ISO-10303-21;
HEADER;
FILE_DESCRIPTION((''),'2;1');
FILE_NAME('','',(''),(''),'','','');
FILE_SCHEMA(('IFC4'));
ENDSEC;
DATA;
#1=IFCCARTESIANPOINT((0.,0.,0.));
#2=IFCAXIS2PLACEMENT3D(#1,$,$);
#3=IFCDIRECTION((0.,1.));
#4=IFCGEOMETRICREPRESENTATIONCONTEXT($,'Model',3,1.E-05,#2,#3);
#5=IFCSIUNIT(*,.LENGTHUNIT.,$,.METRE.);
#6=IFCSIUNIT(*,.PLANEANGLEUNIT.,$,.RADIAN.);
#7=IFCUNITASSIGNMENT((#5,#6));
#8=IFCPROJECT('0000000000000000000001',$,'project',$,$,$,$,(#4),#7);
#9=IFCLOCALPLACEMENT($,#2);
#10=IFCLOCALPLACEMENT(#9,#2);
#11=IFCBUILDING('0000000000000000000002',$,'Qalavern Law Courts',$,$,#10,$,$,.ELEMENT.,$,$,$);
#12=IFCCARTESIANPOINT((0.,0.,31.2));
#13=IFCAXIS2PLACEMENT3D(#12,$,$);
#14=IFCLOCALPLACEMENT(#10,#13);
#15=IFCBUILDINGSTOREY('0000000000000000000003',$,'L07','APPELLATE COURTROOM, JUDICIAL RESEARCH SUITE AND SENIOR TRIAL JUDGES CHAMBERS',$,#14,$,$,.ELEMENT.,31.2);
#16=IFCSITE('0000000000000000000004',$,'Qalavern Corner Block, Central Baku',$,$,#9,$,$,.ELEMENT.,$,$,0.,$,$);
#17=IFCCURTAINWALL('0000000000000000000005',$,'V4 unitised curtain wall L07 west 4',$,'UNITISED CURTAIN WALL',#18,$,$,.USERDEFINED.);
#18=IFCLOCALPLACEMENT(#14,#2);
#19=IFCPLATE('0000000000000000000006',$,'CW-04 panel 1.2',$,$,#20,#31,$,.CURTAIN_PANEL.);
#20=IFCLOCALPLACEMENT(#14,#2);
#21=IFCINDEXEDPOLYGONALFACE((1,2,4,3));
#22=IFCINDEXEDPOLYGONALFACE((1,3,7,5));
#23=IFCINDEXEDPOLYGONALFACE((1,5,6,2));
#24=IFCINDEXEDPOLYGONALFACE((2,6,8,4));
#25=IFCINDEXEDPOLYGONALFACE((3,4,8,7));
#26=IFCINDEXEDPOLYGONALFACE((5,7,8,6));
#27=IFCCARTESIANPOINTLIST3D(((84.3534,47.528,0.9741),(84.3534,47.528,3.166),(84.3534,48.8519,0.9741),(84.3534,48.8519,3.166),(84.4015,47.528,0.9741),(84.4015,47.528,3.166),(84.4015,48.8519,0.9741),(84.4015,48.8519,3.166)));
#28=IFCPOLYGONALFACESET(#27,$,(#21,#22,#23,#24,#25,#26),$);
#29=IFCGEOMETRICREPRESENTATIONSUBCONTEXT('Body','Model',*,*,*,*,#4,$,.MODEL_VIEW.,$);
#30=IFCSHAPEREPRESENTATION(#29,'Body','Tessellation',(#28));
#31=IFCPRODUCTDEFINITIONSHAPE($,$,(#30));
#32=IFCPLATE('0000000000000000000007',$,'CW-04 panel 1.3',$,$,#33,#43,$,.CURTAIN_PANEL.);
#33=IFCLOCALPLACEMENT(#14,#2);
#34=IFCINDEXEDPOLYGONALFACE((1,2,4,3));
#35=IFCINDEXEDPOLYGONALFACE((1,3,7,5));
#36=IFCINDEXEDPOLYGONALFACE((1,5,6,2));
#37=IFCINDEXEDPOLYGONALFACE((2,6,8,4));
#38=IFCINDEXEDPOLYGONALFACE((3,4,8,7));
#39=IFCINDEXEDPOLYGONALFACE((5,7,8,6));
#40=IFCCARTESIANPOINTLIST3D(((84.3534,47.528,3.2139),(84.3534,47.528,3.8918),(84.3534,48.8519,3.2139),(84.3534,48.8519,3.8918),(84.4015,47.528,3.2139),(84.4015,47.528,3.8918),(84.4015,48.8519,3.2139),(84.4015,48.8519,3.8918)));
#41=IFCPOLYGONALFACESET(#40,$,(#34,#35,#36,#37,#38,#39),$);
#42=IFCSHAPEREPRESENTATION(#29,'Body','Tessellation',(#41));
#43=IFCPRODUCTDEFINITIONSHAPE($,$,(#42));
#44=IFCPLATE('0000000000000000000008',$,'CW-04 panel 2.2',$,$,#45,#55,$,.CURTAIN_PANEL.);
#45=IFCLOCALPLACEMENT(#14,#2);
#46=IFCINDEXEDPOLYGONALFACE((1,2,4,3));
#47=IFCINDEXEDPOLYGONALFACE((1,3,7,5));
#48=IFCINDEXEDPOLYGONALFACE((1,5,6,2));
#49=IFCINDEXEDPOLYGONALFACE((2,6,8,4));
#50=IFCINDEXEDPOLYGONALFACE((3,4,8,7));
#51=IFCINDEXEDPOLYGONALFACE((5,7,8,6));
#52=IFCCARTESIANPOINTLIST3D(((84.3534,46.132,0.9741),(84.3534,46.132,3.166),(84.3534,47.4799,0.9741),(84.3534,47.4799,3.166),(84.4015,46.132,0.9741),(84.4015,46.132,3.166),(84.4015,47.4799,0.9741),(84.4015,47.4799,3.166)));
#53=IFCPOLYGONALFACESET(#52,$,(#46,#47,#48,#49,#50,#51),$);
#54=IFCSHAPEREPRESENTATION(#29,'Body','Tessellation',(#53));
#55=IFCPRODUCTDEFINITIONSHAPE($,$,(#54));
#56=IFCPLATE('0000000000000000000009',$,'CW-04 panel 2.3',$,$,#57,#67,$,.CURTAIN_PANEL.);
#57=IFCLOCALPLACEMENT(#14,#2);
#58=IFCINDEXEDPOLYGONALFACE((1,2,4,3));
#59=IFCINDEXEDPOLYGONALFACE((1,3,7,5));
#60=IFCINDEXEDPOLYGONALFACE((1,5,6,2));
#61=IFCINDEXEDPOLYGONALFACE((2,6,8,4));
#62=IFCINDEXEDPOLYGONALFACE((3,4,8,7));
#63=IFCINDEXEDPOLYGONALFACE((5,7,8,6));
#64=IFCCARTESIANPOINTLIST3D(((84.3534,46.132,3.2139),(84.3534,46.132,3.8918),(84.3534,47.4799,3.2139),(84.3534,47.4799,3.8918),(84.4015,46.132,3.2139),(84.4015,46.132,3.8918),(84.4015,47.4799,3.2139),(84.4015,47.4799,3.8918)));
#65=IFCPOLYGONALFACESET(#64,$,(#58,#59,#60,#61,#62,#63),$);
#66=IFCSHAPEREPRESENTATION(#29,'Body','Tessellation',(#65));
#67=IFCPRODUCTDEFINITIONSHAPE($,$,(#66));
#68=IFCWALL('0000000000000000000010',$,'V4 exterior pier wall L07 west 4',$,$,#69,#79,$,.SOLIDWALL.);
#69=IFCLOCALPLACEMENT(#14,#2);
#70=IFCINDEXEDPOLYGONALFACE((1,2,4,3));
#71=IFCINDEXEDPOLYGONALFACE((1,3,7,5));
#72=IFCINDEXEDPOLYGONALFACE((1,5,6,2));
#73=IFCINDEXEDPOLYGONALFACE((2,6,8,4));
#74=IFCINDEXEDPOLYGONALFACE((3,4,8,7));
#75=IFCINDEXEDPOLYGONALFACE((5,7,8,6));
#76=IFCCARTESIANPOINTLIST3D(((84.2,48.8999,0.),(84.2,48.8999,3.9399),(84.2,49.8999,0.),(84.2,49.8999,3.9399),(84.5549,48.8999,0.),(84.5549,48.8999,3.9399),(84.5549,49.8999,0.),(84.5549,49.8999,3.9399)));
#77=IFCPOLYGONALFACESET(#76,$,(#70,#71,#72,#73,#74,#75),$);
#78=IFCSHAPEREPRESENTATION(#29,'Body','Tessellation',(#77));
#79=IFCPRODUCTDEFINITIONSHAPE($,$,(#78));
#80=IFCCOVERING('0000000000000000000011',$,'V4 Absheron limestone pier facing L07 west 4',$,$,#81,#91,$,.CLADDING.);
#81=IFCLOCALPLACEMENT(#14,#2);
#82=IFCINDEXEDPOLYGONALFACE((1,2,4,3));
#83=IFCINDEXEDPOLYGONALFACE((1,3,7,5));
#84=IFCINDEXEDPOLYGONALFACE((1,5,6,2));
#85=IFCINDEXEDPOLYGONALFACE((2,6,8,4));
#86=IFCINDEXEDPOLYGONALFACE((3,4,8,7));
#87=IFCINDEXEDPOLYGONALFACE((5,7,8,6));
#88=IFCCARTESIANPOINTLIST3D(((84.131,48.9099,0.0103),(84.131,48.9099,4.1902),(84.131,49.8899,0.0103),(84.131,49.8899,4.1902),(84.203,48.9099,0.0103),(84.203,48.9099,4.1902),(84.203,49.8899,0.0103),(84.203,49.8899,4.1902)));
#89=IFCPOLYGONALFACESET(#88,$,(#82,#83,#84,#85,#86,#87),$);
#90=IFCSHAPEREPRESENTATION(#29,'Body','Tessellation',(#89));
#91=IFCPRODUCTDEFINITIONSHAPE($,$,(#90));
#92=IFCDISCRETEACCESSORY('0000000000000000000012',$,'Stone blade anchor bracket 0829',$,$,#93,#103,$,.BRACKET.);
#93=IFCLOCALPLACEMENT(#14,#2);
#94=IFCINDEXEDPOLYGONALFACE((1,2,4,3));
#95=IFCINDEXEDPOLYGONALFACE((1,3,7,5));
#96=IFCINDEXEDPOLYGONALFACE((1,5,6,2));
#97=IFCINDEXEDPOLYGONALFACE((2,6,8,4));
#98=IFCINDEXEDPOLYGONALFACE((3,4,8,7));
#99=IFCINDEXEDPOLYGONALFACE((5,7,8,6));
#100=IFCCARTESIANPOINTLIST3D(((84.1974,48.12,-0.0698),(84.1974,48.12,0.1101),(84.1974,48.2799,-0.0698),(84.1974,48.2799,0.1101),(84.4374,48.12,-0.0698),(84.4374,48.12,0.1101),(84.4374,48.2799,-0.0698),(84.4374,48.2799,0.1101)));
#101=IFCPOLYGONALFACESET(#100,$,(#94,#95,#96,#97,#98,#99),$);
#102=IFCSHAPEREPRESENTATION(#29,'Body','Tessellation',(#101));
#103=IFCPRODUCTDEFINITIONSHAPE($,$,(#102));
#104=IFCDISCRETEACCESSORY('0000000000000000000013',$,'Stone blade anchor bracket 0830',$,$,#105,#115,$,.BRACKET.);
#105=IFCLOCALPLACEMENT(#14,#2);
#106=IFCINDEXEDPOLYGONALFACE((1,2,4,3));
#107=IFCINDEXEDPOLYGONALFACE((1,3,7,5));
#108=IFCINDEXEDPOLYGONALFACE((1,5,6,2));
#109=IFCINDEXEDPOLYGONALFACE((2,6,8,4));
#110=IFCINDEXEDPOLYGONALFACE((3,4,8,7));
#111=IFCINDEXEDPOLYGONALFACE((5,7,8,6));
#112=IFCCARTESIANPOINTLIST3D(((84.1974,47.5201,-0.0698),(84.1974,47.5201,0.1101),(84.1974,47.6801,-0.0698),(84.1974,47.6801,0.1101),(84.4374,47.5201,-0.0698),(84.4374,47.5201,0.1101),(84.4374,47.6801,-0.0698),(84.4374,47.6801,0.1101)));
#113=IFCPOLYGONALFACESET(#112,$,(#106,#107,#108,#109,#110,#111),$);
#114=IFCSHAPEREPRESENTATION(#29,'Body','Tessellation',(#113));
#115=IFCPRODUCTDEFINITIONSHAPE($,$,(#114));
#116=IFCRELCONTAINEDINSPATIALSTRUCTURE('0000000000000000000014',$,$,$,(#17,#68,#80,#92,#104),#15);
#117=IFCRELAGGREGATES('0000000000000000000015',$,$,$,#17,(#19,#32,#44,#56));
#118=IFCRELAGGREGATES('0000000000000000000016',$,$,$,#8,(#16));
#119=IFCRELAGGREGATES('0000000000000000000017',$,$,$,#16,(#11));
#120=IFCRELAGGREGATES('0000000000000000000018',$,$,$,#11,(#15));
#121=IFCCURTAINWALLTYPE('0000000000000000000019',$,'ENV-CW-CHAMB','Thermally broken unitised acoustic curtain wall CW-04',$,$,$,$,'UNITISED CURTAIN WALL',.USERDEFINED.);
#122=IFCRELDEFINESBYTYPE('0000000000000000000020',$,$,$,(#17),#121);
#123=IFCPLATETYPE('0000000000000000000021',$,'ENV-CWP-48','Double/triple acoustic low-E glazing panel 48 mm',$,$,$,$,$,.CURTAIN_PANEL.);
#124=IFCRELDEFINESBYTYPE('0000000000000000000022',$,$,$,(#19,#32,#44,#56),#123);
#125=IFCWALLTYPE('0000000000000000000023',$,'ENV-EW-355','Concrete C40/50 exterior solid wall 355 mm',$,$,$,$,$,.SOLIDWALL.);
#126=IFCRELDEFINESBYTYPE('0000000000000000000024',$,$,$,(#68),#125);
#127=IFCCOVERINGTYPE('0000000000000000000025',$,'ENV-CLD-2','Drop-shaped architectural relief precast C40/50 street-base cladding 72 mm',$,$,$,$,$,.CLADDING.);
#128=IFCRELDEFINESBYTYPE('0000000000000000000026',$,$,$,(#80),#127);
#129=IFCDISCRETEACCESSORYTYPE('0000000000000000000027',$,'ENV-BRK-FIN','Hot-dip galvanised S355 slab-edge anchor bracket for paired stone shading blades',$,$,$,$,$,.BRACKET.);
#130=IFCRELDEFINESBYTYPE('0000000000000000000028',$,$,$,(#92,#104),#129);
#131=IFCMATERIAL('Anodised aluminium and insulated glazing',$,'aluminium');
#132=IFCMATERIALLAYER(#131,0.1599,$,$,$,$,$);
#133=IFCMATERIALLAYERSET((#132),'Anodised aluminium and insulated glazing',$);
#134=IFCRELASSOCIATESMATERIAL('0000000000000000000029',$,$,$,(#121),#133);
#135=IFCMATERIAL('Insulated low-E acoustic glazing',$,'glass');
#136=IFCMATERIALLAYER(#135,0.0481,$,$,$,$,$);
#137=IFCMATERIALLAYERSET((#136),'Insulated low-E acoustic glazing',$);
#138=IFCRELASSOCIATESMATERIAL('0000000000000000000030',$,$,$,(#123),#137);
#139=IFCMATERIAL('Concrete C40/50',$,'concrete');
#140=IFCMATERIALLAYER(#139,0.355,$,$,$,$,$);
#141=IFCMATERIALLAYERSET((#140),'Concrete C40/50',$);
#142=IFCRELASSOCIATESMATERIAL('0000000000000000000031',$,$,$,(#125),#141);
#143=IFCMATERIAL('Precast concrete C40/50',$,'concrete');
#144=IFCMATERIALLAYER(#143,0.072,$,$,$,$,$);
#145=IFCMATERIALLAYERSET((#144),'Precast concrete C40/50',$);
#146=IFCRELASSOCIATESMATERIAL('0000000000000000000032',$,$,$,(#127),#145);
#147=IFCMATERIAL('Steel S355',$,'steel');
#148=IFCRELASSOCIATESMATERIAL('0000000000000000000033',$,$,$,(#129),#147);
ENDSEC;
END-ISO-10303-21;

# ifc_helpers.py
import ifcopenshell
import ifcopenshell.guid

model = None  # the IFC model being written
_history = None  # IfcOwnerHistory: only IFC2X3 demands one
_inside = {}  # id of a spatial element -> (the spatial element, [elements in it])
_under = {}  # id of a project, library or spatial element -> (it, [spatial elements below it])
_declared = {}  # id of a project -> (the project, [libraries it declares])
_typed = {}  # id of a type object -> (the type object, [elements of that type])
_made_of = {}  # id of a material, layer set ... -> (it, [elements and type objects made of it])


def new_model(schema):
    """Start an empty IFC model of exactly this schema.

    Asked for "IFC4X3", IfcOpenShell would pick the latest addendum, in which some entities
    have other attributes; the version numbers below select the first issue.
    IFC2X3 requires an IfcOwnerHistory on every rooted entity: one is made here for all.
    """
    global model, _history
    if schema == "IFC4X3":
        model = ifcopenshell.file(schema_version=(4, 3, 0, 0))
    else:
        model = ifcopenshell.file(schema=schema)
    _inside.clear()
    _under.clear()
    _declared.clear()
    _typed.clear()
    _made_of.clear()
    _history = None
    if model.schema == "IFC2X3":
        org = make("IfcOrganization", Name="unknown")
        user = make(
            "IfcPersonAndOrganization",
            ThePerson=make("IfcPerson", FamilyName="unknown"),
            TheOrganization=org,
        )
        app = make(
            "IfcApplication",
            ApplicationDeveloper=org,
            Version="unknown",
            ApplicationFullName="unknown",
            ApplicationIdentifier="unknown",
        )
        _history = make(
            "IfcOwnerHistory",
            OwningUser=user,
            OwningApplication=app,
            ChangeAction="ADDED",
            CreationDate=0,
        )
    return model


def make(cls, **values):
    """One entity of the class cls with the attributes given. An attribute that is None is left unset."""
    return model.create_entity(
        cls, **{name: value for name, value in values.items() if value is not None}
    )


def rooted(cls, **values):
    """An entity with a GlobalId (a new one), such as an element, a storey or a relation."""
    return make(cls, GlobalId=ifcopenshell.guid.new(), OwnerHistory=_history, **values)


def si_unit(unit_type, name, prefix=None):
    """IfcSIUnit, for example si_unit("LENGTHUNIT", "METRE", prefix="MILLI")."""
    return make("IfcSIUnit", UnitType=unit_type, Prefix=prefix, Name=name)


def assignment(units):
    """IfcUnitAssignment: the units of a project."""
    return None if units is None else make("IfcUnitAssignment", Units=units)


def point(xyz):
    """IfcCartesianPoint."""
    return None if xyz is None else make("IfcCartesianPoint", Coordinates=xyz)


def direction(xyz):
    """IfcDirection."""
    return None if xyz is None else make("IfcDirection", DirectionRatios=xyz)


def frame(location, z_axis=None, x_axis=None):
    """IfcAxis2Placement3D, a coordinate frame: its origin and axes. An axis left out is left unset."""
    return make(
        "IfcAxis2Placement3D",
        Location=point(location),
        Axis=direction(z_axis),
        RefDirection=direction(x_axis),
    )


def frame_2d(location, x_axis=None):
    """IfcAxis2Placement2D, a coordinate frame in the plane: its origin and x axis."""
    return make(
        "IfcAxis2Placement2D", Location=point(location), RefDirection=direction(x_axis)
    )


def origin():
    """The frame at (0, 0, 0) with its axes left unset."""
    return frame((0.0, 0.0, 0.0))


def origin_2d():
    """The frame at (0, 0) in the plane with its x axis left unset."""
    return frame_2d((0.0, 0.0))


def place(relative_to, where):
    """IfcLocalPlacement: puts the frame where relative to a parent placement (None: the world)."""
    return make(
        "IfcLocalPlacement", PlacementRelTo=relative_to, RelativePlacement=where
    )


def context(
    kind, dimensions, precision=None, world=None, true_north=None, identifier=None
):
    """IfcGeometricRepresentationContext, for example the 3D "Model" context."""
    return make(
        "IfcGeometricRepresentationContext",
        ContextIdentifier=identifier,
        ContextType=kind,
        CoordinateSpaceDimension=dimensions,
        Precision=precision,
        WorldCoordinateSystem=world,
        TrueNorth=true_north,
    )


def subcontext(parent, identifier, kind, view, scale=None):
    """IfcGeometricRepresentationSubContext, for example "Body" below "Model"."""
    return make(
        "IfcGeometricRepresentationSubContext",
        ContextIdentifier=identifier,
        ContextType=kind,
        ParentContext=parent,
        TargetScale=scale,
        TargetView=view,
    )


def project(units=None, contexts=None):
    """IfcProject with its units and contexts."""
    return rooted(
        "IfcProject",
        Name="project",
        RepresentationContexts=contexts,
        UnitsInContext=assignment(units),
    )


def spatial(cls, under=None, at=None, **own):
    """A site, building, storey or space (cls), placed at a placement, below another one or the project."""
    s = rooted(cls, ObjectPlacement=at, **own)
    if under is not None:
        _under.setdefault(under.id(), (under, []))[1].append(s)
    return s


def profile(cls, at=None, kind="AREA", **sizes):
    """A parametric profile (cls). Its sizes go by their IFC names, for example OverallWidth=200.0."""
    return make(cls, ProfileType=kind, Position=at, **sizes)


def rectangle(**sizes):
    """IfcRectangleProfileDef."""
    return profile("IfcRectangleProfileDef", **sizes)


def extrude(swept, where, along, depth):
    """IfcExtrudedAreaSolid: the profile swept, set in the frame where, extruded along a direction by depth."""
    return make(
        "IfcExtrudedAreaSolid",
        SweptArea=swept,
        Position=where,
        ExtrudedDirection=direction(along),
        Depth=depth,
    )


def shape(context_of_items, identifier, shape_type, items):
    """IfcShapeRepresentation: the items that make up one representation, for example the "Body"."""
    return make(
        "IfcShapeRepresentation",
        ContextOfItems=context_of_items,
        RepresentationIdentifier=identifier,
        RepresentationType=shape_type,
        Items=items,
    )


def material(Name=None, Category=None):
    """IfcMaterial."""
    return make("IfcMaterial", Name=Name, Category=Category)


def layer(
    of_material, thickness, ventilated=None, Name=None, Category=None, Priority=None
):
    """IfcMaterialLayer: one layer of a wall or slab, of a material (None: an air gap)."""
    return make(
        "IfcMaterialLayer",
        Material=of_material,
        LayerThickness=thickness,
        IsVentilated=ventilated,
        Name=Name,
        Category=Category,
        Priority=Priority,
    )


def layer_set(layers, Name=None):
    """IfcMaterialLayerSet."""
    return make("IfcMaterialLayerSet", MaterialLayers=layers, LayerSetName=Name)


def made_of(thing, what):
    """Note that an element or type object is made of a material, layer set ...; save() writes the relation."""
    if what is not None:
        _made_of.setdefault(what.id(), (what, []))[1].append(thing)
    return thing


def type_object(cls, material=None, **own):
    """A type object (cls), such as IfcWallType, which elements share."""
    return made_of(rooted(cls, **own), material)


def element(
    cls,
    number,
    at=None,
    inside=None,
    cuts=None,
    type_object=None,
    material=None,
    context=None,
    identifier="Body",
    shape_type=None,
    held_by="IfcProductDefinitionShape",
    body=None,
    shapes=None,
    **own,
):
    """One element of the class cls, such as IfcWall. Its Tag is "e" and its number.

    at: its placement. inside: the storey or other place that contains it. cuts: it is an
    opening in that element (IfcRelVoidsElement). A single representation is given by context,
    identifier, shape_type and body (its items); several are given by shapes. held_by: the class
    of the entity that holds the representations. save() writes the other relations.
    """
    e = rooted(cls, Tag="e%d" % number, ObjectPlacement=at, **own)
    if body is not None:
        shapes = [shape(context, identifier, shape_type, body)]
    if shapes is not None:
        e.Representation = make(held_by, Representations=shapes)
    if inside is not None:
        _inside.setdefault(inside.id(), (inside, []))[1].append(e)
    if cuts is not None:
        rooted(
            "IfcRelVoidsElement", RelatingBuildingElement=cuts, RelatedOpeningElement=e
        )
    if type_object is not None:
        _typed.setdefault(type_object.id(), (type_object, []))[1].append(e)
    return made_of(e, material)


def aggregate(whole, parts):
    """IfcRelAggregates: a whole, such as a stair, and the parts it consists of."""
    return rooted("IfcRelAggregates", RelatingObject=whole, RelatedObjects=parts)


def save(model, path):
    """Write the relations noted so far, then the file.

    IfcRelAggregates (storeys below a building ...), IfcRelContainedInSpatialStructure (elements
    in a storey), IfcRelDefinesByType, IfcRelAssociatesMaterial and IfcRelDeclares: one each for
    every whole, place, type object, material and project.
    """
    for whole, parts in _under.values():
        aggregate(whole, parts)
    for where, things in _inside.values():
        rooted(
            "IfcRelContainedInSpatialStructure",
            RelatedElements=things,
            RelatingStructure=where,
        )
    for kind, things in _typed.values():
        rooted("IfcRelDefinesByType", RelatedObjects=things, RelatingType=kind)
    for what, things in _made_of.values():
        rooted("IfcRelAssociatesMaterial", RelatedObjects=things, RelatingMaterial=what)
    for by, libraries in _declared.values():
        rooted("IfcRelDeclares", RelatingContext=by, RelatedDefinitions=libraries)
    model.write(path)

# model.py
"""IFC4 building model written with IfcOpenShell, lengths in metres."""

from ifc_helpers import new_model, si_unit, direction, frame, frame_2d, origin, origin_2d, place, context, subcontext, project, spatial, rectangle, extrude, material, layer, layer_set, type_object, element, aggregate, save


model = new_model("IFC4")

# Units and contexts
model_context = context("Model", 3, precision=1e-05, world=origin(), true_north=direction((0.0, 1.0)))
body_context = subcontext(model_context, "Body", "Model", "MODEL_VIEW")
ifc_project = project(units=[si_unit("LENGTHUNIT", "METRE"), si_unit("PLANEANGLEUNIT", "RADIAN")], contexts=[model_context])

# Site, building, storey
site_placement = place(None, origin())
site = spatial("IfcSite", under=ifc_project, at=site_placement, Name="Qalavern Corner Block, Central Baku", CompositionType="ELEMENT", RefElevation=0.0)
building_placement = place(site_placement, origin())
building = spatial("IfcBuilding", under=site, at=building_placement, Name="Qalavern Law Courts", CompositionType="ELEMENT")
storey_placement = place(building_placement, frame((0.0, 0.0, 31.2)))
storey = spatial("IfcBuildingStorey", under=building, at=storey_placement, Name="L07", Description="APPELLATE COURTROOM, JUDICIAL RESEARCH SUITE AND SENIOR TRIAL JUDGES CHAMBERS", CompositionType="ELEMENT", Elevation=31.2)

# Curtain wall, plates
ifc_material_1 = material(Name="Anodised aluminium and insulated glazing", Category="aluminium")
ifc_layer_1 = layer(ifc_material_1, 0.1599)
ifc_layer_set_1 = layer_set([ifc_layer_1], Name="Anodised aluminium and insulated glazing")
curtain_wall_type = type_object("IfcCurtainWallType", Name="ENV-CW-CHAMB", Description="Thermally broken unitised acoustic curtain wall CW-04", ElementType="UNITISED CURTAIN WALL", PredefinedType="USERDEFINED", material=ifc_layer_set_1)
curtain_wall_placement = place(storey_placement, origin())
curtain_wall = element("IfcCurtainWall", 1, at=curtain_wall_placement, inside=storey, type_object=curtain_wall_type, Name="V4 unitised curtain wall L07 west 4", ObjectType="UNITISED CURTAIN WALL", PredefinedType="USERDEFINED")
ifc_material_2 = material(Name="Insulated low-E acoustic glazing", Category="glass")
ifc_layer_2 = layer(ifc_material_2, 0.0481)
ifc_layer_set_2 = layer_set([ifc_layer_2], Name="Insulated low-E acoustic glazing")
plate_type = type_object("IfcPlateType", Name="ENV-CWP-48", Description="Double/triple acoustic low-E glazing panel 48 mm", PredefinedType="CURTAIN_PANEL", material=ifc_layer_set_2)
plate_1_placement = place(storey_placement, frame((84.3774, 48.1899, 0.9741), z_axis=(0.0, 0.0, 1.0), x_axis=(0.0, -1.0, 0.0)))
plate_1 = element("IfcPlate", 2, at=plate_1_placement, type_object=plate_type, Name="CW-04 panel 1.2", PredefinedType="CURTAIN_PANEL", context=body_context, shape_type="SweptSolid", body=[
    extrude(rectangle(XDim=1.324, YDim=0.0481, at=origin_2d()), origin(), (0.0, 0.0, 1.0), 2.1919),
])
plate_2_placement = place(storey_placement, frame((84.3774, 48.1899, 3.2139), z_axis=(0.0, 0.0, 1.0), x_axis=(0.0, -1.0, 0.0)))
plate_2 = element("IfcPlate", 3, at=plate_2_placement, type_object=plate_type, Name="CW-04 panel 1.3", PredefinedType="CURTAIN_PANEL", context=body_context, shape_type="SweptSolid", body=[
    extrude(rectangle(XDim=1.324, YDim=0.0481, at=origin_2d()), origin(), (0.0, 0.0, 1.0), 0.678),
])
plate_3_placement = place(storey_placement, frame((84.3774, 46.8059, 0.9741), z_axis=(0.0, 0.0, 1.0), x_axis=(0.0, -1.0, 0.0)))
plate_3 = element("IfcPlate", 4, at=plate_3_placement, type_object=plate_type, Name="CW-04 panel 2.2", PredefinedType="CURTAIN_PANEL", context=body_context, shape_type="SweptSolid", body=[
    extrude(rectangle(XDim=1.3479, YDim=0.0481, at=origin_2d()), origin(), (0.0, 0.0, 1.0), 2.1919),
])
plate_4_placement = place(storey_placement, frame((84.3774, 46.8059, 3.2139), z_axis=(0.0, 0.0, 1.0), x_axis=(0.0, -1.0, 0.0)))
plate_4 = element("IfcPlate", 5, at=plate_4_placement, type_object=plate_type, Name="CW-04 panel 2.3", PredefinedType="CURTAIN_PANEL", context=body_context, shape_type="SweptSolid", body=[
    extrude(rectangle(XDim=1.3479, YDim=0.0481, at=origin_2d()), origin(), (0.0, 0.0, 1.0), 0.678),
])
aggregate(curtain_wall, [plate_1, plate_2, plate_3, plate_4])

# Wall
ifc_material_3 = material(Name="Concrete C40/50", Category="concrete")
ifc_layer_3 = layer(ifc_material_3, 0.355)
ifc_layer_set_3 = layer_set([ifc_layer_3], Name="Concrete C40/50")
wall_type = type_object("IfcWallType", Name="ENV-EW-355", Description="Concrete C40/50 exterior solid wall 355 mm", PredefinedType="SOLIDWALL", material=ifc_layer_set_3)
wall_placement = place(storey_placement, frame((84.3774, 49.8999, 0.0), z_axis=(0.0, 0.0, 1.0), x_axis=(0.0, -1.0, 0.0)))
element("IfcWall", 6, at=wall_placement, inside=storey, type_object=wall_type, Name="V4 exterior pier wall L07 west 4", PredefinedType="SOLIDWALL", context=body_context, shape_type="SweptSolid", body=[
    extrude(rectangle(XDim=1.0, YDim=0.355, at=frame_2d((0.5, 0.0))), origin(), (0.0, 0.0, 1.0), 3.9399),
])

# Covering
ifc_material_4 = material(Name="Precast concrete C40/50", Category="concrete")
ifc_layer_4 = layer(ifc_material_4, 0.072)
ifc_layer_set_4 = layer_set([ifc_layer_4], Name="Precast concrete C40/50")
covering_type = type_object("IfcCoveringType", Name="ENV-CLD-2", Description="Drop-shaped architectural relief precast C40/50 street-base cladding 72 mm", PredefinedType="CLADDING", material=ifc_layer_set_4)
covering_placement = place(storey_placement, frame((84.167, 49.3999, 0.0103), z_axis=(0.0, 0.0, 1.0), x_axis=(0.0, -1.0, 0.0)))
element("IfcCovering", 7, at=covering_placement, inside=storey, type_object=covering_type, Name="V4 Absheron limestone pier facing L07 west 4", PredefinedType="CLADDING", context=body_context, shape_type="SweptSolid", body=[
    extrude(rectangle(XDim=0.98, YDim=0.072, at=origin_2d()), origin(), (0.0, 0.0, 1.0), 4.1799),
])

# Discrete accessories
ifc_material_5 = material(Name="Steel S355", Category="steel")
discrete_accessory_type = type_object("IfcDiscreteAccessoryType", Name="ENV-BRK-FIN", Description="Hot-dip galvanised S355 slab-edge anchor bracket for paired stone shading blades", PredefinedType="BRACKET", material=ifc_material_5)
for number, where, z_axis, x_axis, name in (
    (8, (84.3174, 48.2, -0.0698), (0.0, 0.0, 1.0), (-1.0, 0.0, 0.0), "Stone blade anchor bracket 0829"),
    (9, (84.3174, 47.6001, -0.0698), (0.0, 0.0, 1.0), (-1.0, 0.0, 0.0), "Stone blade anchor bracket 0830"),
):
    element("IfcDiscreteAccessory", number, at=place(storey_placement, frame(where, z_axis=z_axis, x_axis=x_axis)), inside=storey, type_object=discrete_accessory_type, Name=name, PredefinedType="BRACKET", context=body_context, shape_type="SweptSolid", body=[
        extrude(rectangle(XDim=0.24, YDim=0.1599, at=origin_2d()), origin(), (0.0, 0.0, 1.0), 0.1799),
    ])

save(model, "model.ifc")
